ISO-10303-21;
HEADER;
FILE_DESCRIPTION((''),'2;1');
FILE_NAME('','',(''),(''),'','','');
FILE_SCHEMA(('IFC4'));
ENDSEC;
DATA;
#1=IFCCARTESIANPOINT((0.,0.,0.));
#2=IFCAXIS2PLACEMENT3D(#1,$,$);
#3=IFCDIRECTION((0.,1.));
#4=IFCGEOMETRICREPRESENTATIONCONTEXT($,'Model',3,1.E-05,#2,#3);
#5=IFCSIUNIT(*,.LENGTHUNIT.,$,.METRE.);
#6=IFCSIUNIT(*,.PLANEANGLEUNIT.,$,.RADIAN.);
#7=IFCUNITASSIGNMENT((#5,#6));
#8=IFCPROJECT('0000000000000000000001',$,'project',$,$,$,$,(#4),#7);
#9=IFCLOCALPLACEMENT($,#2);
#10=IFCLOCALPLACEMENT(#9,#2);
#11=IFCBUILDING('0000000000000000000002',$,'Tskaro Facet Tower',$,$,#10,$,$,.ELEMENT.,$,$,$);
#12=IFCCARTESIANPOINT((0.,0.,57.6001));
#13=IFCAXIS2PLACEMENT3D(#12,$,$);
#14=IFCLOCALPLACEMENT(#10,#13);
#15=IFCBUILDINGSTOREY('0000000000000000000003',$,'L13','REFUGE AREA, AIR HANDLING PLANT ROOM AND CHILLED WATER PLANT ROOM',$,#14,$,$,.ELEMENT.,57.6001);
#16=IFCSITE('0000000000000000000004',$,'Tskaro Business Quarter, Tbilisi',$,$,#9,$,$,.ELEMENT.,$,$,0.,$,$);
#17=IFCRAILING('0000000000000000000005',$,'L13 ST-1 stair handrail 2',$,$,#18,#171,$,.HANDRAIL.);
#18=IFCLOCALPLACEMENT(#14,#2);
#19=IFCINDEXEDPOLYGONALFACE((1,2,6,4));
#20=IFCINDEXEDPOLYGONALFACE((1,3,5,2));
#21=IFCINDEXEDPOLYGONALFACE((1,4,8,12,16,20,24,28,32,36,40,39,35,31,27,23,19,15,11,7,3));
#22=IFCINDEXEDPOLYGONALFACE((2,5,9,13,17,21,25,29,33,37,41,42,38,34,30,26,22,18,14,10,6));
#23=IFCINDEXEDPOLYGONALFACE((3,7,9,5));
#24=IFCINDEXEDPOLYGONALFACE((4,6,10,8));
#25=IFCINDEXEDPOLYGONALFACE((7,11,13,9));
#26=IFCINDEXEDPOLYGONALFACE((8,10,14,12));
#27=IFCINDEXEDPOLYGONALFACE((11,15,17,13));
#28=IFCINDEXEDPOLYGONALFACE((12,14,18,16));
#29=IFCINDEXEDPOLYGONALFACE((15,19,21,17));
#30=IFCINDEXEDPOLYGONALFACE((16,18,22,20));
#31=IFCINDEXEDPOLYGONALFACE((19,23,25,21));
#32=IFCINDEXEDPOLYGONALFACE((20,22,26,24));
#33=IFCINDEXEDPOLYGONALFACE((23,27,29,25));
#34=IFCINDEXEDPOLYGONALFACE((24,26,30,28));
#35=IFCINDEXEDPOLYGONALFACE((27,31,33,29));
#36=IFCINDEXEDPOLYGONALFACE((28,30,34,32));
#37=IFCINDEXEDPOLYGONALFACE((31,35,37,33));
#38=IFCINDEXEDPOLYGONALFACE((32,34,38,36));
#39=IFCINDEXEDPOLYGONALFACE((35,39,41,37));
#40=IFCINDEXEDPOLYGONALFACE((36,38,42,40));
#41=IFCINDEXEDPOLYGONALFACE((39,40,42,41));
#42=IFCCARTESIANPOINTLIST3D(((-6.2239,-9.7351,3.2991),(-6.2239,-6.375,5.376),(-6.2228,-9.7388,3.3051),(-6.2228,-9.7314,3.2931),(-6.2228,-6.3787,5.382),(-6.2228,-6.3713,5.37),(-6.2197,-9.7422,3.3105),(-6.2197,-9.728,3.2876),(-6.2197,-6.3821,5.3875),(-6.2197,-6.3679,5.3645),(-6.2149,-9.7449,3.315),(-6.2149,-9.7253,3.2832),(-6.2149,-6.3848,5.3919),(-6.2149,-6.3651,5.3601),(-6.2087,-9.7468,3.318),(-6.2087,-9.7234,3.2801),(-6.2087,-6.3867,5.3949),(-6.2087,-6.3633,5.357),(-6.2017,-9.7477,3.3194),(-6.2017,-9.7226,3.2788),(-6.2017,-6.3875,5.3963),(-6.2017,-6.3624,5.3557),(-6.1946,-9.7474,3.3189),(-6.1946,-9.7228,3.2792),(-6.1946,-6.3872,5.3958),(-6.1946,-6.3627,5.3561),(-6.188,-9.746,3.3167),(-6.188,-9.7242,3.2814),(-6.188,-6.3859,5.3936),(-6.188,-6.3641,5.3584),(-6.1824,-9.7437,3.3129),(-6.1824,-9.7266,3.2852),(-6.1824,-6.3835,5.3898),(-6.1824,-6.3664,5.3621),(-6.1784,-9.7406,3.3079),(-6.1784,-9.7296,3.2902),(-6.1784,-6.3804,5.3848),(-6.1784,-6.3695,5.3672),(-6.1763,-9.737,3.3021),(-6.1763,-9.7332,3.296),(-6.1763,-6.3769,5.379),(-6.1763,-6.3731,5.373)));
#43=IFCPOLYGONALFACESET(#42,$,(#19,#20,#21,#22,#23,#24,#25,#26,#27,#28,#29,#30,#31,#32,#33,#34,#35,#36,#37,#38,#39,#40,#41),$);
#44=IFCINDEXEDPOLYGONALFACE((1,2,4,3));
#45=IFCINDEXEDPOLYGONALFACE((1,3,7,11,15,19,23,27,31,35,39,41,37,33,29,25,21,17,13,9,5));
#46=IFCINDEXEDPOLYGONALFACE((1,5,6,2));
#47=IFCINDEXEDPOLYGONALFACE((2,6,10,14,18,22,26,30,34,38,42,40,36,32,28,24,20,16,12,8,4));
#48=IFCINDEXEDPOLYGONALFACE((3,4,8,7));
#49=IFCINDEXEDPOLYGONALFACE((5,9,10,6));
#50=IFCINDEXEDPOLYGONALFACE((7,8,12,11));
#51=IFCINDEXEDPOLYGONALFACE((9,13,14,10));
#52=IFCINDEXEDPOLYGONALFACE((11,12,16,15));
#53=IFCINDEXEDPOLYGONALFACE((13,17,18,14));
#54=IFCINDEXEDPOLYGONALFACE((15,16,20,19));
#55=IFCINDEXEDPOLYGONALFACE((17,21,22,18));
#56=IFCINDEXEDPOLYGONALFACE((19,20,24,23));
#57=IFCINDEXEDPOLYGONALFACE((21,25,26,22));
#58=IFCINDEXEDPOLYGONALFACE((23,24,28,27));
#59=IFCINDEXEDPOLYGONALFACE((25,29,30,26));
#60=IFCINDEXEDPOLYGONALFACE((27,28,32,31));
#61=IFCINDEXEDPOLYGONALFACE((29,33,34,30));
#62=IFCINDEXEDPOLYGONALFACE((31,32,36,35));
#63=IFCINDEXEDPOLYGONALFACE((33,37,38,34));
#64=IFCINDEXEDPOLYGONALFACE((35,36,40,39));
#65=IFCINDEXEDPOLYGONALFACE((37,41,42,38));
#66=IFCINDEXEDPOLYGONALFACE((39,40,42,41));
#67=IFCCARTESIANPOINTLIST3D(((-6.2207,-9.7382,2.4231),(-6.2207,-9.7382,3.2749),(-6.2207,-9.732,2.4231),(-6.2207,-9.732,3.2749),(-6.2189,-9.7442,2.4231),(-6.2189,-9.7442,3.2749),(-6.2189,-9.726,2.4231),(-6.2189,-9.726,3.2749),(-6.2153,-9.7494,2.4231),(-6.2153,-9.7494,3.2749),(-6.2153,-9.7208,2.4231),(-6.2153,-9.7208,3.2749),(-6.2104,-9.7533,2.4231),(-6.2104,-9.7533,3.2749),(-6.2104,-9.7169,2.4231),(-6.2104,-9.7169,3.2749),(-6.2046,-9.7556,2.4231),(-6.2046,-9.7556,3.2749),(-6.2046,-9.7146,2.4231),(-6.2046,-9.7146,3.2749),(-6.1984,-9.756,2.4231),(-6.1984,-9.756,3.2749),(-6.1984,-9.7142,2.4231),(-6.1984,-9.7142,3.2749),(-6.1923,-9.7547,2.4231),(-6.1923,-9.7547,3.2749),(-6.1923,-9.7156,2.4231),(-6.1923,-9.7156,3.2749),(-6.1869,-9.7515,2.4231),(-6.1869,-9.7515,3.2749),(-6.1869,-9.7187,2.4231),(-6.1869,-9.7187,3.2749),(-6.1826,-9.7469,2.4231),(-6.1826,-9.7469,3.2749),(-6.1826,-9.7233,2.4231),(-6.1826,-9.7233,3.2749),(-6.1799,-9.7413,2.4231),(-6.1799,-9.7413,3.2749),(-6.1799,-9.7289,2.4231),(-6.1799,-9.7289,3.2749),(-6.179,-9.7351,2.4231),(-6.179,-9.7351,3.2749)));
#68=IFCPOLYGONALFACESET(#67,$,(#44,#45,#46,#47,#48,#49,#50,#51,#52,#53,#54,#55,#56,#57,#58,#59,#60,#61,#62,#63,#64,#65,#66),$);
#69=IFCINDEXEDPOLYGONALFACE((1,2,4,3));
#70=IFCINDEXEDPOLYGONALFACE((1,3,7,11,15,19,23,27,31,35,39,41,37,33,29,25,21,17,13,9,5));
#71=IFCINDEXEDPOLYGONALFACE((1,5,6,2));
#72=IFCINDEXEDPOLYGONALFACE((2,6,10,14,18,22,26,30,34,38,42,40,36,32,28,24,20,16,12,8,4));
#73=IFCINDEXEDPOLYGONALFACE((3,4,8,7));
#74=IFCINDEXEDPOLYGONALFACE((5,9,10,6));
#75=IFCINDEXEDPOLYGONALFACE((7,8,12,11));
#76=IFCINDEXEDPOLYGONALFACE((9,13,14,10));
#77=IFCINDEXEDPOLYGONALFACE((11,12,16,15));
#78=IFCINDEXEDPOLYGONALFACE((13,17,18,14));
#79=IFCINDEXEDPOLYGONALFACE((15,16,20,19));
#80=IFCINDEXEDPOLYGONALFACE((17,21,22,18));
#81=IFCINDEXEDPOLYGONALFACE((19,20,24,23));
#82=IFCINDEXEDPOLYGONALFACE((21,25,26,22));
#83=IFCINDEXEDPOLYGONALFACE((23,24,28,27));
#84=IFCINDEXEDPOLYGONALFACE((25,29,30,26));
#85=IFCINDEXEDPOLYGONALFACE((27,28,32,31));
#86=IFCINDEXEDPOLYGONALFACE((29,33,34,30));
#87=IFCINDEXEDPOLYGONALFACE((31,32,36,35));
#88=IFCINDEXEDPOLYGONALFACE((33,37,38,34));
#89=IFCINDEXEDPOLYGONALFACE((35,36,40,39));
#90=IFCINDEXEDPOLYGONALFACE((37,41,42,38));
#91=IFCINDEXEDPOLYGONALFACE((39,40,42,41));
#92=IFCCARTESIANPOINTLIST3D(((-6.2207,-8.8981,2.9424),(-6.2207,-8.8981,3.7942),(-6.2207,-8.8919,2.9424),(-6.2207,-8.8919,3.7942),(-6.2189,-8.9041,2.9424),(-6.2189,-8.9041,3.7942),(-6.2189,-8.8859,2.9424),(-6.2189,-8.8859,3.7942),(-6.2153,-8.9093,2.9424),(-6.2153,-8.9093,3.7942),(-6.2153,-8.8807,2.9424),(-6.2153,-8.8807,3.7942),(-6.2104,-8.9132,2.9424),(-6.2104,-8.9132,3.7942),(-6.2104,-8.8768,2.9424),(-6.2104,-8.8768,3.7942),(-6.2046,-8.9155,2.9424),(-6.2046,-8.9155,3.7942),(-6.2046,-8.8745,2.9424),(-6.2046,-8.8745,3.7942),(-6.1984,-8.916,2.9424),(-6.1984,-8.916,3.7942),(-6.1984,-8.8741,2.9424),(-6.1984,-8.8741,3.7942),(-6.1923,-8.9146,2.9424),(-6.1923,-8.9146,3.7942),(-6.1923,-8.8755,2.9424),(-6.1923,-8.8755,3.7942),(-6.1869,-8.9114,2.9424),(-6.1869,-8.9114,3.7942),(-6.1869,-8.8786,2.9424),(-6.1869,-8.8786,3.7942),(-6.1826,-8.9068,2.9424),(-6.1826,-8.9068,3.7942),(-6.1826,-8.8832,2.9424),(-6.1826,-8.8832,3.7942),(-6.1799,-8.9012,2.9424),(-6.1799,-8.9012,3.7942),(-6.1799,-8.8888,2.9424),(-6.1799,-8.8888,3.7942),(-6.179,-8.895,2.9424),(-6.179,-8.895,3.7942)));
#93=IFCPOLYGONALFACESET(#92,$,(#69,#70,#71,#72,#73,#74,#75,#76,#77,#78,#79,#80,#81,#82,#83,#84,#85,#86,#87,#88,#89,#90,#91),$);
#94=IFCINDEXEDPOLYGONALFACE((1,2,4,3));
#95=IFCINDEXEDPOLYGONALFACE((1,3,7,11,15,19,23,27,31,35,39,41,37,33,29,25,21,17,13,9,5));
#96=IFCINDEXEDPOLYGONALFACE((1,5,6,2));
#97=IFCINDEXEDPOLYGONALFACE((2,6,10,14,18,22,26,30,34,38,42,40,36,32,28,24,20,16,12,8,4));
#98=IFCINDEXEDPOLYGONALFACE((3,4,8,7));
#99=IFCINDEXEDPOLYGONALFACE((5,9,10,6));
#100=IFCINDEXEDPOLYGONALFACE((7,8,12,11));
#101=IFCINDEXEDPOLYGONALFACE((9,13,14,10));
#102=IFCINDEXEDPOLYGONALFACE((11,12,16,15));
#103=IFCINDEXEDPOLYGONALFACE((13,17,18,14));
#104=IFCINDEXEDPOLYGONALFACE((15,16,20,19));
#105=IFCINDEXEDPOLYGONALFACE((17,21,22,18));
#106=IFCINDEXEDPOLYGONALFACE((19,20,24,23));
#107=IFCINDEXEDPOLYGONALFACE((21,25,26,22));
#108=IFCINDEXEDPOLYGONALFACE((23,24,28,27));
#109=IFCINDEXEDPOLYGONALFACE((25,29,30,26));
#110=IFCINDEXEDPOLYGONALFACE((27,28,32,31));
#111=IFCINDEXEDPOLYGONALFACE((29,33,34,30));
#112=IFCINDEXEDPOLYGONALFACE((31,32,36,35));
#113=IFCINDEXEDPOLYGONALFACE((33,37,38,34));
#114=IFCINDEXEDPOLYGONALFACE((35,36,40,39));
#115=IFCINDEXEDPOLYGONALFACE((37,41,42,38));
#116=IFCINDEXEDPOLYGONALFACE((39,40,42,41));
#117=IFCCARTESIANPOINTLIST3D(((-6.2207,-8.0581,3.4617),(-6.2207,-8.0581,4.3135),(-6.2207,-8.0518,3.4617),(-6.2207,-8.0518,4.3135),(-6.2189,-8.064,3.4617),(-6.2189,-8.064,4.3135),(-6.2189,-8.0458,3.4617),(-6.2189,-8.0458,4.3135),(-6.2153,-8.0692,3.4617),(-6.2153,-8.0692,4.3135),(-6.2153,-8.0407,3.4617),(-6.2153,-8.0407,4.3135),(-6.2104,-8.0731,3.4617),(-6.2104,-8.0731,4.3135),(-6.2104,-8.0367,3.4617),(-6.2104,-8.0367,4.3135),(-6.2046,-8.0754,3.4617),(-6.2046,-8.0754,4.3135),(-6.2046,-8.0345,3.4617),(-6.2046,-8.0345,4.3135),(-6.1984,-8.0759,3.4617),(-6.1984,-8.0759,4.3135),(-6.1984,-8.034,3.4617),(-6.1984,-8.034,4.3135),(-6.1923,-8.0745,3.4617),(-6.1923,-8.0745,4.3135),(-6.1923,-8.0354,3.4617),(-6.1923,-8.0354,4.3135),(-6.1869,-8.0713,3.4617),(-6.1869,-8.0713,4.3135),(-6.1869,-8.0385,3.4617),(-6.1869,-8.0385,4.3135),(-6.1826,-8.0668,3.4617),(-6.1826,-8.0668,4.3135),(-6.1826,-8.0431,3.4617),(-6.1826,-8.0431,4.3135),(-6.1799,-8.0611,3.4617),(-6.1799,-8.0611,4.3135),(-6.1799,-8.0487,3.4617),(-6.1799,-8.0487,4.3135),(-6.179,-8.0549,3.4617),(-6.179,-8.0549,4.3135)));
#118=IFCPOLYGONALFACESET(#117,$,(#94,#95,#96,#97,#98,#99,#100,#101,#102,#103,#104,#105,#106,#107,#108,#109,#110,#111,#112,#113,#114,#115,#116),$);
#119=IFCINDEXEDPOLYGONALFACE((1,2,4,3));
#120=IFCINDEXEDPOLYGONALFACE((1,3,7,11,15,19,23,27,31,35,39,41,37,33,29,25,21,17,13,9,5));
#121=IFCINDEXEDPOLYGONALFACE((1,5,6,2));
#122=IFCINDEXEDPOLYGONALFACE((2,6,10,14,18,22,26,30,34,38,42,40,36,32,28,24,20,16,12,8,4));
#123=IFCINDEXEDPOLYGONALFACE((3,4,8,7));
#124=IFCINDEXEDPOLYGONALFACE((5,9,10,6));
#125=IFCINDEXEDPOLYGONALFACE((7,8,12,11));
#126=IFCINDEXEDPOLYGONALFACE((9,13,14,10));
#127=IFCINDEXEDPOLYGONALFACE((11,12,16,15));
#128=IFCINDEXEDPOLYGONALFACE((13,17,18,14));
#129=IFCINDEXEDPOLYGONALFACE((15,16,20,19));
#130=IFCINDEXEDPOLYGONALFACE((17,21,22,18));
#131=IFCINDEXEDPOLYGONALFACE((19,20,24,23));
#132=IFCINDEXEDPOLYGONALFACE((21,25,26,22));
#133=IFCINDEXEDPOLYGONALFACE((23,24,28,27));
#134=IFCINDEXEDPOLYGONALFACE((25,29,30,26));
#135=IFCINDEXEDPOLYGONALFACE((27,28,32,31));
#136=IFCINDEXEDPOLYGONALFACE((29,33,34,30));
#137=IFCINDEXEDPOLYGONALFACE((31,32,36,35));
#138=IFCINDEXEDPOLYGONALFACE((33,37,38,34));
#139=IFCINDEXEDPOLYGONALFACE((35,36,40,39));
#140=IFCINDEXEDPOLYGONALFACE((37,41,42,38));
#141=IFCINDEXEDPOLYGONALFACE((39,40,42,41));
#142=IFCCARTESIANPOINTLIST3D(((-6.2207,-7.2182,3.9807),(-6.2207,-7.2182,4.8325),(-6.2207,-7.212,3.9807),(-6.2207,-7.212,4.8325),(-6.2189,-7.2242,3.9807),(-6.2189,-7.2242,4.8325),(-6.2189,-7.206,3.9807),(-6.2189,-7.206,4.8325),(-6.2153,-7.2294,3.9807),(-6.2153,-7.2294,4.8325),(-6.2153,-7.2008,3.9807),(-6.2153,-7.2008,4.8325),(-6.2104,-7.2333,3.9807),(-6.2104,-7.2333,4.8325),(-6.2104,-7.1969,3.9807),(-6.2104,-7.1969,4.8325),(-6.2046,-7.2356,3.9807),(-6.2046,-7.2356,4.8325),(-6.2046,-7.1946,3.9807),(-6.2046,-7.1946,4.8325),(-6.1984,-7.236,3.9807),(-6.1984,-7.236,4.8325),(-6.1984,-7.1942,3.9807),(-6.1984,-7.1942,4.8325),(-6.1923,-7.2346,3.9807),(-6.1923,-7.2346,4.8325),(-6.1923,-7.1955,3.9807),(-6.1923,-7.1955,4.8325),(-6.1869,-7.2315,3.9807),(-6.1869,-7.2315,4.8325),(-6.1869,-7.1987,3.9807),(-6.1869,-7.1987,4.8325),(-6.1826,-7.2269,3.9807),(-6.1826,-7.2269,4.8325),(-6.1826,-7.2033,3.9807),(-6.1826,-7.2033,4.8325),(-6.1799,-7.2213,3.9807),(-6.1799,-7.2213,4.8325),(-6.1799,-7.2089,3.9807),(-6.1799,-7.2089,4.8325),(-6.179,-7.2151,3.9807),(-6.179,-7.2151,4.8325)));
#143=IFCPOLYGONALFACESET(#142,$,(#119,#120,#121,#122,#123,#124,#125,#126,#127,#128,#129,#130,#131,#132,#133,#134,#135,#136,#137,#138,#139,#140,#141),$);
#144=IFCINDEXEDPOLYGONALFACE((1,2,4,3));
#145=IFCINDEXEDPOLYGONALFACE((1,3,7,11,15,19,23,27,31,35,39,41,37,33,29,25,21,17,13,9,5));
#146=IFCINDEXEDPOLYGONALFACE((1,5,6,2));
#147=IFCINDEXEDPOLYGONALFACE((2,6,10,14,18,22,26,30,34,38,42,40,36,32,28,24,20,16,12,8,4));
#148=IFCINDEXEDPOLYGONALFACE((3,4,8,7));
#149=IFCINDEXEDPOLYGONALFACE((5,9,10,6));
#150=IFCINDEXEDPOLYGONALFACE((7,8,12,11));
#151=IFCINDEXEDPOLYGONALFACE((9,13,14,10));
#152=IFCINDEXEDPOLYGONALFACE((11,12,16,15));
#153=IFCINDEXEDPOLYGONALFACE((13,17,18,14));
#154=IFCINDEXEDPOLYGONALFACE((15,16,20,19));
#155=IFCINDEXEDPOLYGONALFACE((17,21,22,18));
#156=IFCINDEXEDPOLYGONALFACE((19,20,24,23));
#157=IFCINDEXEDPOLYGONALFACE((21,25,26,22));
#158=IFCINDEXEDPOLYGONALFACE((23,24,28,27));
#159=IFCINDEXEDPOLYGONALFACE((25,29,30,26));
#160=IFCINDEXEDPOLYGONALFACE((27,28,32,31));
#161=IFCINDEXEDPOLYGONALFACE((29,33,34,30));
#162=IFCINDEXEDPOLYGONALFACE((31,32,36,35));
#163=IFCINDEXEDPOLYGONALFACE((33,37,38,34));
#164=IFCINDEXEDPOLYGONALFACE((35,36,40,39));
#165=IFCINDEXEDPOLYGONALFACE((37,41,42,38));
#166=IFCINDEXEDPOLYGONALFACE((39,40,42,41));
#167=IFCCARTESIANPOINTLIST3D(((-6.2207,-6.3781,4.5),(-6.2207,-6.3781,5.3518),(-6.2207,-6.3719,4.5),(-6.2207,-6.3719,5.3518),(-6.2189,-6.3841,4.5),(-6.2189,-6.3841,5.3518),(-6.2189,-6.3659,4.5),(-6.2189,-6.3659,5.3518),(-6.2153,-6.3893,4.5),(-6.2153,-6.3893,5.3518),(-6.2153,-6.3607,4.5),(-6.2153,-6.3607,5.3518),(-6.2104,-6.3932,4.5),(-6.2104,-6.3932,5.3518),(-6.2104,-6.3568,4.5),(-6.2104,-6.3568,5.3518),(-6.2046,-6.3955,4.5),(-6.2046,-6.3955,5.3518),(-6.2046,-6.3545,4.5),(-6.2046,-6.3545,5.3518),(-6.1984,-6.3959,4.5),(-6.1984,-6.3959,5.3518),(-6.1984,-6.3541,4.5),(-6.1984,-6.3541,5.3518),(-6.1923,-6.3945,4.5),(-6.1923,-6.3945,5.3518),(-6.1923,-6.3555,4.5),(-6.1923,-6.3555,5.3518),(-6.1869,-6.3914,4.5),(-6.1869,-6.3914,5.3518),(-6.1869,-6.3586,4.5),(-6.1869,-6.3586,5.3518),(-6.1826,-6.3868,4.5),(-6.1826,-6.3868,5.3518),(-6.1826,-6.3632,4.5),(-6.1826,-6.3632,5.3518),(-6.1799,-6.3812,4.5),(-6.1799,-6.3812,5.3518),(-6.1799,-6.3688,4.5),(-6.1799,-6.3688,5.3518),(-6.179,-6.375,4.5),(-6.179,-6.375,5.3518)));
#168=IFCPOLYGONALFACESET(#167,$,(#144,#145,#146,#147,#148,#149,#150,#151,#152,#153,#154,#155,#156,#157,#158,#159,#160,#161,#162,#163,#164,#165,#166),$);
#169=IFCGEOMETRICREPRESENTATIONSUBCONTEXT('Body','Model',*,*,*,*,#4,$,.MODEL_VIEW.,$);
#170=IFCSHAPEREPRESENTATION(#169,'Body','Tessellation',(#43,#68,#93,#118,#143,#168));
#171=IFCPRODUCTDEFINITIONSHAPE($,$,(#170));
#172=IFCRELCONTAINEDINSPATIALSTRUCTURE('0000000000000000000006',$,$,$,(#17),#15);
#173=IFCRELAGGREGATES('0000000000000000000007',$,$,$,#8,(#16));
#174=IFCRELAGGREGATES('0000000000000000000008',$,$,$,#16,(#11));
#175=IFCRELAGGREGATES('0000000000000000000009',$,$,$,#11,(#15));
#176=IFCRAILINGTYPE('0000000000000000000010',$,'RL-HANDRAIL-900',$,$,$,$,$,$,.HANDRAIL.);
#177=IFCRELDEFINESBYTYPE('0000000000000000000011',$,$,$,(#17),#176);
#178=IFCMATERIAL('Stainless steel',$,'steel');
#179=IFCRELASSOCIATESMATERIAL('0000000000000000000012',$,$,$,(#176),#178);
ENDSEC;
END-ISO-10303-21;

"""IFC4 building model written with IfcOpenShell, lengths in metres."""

from ifc_helpers import new_model, si_unit, direction, frame, origin, origin_2d, place, context, subcontext, project, spatial, circle, extrude, material, type_object, element, save


model = new_model("IFC4")

# Units and contexts
model_context = context("Model", 3, precision=1e-05, world=origin(), true_north=direction((0.0, 1.0)))
body_context = subcontext(model_context, "Body", "Model", "MODEL_VIEW")
ifc_project = project(units=[si_unit("LENGTHUNIT", "METRE"), si_unit("PLANEANGLEUNIT", "RADIAN")], contexts=[model_context])

# Site, building, storey
site_placement = place(None, origin())
site = spatial("IfcSite", under=ifc_project, at=site_placement, Name="Tskaro Business Quarter, Tbilisi", CompositionType="ELEMENT", RefElevation=0.0)
building_placement = place(site_placement, origin())
building = spatial("IfcBuilding", under=site, at=building_placement, Name="Tskaro Facet Tower", CompositionType="ELEMENT")
storey_placement = place(building_placement, frame((0.0, 0.0, 57.6001)))
storey = spatial("IfcBuildingStorey", under=building, at=storey_placement, Name="L13", Description="REFUGE AREA, AIR HANDLING PLANT ROOM AND CHILLED WATER PLANT ROOM", CompositionType="ELEMENT", Elevation=57.6001)

# Shared definitions
ifc_material_1 = material(Name="Stainless steel", Category="steel")

# Railing
railing_type_1 = type_object("IfcRailingType", Name="RL-HANDRAIL-900", PredefinedType="HANDRAIL", material=ifc_material_1)
railing_1_placement = place(storey_placement, frame((-6.2, -9.7351, 2.4231)))
element("IfcRailing", 1, at=railing_1_placement, inside=storey, type_object=railing_type_1, Name="L13 ST-1 stair handrail 2", PredefinedType="HANDRAIL", context=body_context, shape_type="SweptSolid", body=[
    extrude(circle(Radius=0.0239, at=origin_2d()), frame((0.0, 0.0, 0.876), z_axis=(0.0, 0.850623, 0.525776), x_axis=(-1.0, 0.0, 0.0)), (0.0, 0.0, 1.0), 3.9502),
    extrude(circle(Radius=0.021, at=origin_2d()), origin(), (0.0, 0.0, 1.0), 0.8518),
    extrude(circle(Radius=0.021, at=origin_2d()), frame((0.0, 0.8401, 0.5193)), (0.0, 0.0, 1.0), 0.8518),
    extrude(circle(Radius=0.021, at=origin_2d()), frame((0.0, 1.6802, 1.0386)), (0.0, 0.0, 1.0), 0.8518),
    extrude(circle(Radius=0.021, at=origin_2d()), frame((0.0, 2.52, 1.5576)), (0.0, 0.0, 1.0), 0.8518),
    extrude(circle(Radius=0.021, at=origin_2d()), frame((0.0, 3.3601, 2.0769)), (0.0, 0.0, 1.0), 0.8518),
])

save(model, "model.ifc")
